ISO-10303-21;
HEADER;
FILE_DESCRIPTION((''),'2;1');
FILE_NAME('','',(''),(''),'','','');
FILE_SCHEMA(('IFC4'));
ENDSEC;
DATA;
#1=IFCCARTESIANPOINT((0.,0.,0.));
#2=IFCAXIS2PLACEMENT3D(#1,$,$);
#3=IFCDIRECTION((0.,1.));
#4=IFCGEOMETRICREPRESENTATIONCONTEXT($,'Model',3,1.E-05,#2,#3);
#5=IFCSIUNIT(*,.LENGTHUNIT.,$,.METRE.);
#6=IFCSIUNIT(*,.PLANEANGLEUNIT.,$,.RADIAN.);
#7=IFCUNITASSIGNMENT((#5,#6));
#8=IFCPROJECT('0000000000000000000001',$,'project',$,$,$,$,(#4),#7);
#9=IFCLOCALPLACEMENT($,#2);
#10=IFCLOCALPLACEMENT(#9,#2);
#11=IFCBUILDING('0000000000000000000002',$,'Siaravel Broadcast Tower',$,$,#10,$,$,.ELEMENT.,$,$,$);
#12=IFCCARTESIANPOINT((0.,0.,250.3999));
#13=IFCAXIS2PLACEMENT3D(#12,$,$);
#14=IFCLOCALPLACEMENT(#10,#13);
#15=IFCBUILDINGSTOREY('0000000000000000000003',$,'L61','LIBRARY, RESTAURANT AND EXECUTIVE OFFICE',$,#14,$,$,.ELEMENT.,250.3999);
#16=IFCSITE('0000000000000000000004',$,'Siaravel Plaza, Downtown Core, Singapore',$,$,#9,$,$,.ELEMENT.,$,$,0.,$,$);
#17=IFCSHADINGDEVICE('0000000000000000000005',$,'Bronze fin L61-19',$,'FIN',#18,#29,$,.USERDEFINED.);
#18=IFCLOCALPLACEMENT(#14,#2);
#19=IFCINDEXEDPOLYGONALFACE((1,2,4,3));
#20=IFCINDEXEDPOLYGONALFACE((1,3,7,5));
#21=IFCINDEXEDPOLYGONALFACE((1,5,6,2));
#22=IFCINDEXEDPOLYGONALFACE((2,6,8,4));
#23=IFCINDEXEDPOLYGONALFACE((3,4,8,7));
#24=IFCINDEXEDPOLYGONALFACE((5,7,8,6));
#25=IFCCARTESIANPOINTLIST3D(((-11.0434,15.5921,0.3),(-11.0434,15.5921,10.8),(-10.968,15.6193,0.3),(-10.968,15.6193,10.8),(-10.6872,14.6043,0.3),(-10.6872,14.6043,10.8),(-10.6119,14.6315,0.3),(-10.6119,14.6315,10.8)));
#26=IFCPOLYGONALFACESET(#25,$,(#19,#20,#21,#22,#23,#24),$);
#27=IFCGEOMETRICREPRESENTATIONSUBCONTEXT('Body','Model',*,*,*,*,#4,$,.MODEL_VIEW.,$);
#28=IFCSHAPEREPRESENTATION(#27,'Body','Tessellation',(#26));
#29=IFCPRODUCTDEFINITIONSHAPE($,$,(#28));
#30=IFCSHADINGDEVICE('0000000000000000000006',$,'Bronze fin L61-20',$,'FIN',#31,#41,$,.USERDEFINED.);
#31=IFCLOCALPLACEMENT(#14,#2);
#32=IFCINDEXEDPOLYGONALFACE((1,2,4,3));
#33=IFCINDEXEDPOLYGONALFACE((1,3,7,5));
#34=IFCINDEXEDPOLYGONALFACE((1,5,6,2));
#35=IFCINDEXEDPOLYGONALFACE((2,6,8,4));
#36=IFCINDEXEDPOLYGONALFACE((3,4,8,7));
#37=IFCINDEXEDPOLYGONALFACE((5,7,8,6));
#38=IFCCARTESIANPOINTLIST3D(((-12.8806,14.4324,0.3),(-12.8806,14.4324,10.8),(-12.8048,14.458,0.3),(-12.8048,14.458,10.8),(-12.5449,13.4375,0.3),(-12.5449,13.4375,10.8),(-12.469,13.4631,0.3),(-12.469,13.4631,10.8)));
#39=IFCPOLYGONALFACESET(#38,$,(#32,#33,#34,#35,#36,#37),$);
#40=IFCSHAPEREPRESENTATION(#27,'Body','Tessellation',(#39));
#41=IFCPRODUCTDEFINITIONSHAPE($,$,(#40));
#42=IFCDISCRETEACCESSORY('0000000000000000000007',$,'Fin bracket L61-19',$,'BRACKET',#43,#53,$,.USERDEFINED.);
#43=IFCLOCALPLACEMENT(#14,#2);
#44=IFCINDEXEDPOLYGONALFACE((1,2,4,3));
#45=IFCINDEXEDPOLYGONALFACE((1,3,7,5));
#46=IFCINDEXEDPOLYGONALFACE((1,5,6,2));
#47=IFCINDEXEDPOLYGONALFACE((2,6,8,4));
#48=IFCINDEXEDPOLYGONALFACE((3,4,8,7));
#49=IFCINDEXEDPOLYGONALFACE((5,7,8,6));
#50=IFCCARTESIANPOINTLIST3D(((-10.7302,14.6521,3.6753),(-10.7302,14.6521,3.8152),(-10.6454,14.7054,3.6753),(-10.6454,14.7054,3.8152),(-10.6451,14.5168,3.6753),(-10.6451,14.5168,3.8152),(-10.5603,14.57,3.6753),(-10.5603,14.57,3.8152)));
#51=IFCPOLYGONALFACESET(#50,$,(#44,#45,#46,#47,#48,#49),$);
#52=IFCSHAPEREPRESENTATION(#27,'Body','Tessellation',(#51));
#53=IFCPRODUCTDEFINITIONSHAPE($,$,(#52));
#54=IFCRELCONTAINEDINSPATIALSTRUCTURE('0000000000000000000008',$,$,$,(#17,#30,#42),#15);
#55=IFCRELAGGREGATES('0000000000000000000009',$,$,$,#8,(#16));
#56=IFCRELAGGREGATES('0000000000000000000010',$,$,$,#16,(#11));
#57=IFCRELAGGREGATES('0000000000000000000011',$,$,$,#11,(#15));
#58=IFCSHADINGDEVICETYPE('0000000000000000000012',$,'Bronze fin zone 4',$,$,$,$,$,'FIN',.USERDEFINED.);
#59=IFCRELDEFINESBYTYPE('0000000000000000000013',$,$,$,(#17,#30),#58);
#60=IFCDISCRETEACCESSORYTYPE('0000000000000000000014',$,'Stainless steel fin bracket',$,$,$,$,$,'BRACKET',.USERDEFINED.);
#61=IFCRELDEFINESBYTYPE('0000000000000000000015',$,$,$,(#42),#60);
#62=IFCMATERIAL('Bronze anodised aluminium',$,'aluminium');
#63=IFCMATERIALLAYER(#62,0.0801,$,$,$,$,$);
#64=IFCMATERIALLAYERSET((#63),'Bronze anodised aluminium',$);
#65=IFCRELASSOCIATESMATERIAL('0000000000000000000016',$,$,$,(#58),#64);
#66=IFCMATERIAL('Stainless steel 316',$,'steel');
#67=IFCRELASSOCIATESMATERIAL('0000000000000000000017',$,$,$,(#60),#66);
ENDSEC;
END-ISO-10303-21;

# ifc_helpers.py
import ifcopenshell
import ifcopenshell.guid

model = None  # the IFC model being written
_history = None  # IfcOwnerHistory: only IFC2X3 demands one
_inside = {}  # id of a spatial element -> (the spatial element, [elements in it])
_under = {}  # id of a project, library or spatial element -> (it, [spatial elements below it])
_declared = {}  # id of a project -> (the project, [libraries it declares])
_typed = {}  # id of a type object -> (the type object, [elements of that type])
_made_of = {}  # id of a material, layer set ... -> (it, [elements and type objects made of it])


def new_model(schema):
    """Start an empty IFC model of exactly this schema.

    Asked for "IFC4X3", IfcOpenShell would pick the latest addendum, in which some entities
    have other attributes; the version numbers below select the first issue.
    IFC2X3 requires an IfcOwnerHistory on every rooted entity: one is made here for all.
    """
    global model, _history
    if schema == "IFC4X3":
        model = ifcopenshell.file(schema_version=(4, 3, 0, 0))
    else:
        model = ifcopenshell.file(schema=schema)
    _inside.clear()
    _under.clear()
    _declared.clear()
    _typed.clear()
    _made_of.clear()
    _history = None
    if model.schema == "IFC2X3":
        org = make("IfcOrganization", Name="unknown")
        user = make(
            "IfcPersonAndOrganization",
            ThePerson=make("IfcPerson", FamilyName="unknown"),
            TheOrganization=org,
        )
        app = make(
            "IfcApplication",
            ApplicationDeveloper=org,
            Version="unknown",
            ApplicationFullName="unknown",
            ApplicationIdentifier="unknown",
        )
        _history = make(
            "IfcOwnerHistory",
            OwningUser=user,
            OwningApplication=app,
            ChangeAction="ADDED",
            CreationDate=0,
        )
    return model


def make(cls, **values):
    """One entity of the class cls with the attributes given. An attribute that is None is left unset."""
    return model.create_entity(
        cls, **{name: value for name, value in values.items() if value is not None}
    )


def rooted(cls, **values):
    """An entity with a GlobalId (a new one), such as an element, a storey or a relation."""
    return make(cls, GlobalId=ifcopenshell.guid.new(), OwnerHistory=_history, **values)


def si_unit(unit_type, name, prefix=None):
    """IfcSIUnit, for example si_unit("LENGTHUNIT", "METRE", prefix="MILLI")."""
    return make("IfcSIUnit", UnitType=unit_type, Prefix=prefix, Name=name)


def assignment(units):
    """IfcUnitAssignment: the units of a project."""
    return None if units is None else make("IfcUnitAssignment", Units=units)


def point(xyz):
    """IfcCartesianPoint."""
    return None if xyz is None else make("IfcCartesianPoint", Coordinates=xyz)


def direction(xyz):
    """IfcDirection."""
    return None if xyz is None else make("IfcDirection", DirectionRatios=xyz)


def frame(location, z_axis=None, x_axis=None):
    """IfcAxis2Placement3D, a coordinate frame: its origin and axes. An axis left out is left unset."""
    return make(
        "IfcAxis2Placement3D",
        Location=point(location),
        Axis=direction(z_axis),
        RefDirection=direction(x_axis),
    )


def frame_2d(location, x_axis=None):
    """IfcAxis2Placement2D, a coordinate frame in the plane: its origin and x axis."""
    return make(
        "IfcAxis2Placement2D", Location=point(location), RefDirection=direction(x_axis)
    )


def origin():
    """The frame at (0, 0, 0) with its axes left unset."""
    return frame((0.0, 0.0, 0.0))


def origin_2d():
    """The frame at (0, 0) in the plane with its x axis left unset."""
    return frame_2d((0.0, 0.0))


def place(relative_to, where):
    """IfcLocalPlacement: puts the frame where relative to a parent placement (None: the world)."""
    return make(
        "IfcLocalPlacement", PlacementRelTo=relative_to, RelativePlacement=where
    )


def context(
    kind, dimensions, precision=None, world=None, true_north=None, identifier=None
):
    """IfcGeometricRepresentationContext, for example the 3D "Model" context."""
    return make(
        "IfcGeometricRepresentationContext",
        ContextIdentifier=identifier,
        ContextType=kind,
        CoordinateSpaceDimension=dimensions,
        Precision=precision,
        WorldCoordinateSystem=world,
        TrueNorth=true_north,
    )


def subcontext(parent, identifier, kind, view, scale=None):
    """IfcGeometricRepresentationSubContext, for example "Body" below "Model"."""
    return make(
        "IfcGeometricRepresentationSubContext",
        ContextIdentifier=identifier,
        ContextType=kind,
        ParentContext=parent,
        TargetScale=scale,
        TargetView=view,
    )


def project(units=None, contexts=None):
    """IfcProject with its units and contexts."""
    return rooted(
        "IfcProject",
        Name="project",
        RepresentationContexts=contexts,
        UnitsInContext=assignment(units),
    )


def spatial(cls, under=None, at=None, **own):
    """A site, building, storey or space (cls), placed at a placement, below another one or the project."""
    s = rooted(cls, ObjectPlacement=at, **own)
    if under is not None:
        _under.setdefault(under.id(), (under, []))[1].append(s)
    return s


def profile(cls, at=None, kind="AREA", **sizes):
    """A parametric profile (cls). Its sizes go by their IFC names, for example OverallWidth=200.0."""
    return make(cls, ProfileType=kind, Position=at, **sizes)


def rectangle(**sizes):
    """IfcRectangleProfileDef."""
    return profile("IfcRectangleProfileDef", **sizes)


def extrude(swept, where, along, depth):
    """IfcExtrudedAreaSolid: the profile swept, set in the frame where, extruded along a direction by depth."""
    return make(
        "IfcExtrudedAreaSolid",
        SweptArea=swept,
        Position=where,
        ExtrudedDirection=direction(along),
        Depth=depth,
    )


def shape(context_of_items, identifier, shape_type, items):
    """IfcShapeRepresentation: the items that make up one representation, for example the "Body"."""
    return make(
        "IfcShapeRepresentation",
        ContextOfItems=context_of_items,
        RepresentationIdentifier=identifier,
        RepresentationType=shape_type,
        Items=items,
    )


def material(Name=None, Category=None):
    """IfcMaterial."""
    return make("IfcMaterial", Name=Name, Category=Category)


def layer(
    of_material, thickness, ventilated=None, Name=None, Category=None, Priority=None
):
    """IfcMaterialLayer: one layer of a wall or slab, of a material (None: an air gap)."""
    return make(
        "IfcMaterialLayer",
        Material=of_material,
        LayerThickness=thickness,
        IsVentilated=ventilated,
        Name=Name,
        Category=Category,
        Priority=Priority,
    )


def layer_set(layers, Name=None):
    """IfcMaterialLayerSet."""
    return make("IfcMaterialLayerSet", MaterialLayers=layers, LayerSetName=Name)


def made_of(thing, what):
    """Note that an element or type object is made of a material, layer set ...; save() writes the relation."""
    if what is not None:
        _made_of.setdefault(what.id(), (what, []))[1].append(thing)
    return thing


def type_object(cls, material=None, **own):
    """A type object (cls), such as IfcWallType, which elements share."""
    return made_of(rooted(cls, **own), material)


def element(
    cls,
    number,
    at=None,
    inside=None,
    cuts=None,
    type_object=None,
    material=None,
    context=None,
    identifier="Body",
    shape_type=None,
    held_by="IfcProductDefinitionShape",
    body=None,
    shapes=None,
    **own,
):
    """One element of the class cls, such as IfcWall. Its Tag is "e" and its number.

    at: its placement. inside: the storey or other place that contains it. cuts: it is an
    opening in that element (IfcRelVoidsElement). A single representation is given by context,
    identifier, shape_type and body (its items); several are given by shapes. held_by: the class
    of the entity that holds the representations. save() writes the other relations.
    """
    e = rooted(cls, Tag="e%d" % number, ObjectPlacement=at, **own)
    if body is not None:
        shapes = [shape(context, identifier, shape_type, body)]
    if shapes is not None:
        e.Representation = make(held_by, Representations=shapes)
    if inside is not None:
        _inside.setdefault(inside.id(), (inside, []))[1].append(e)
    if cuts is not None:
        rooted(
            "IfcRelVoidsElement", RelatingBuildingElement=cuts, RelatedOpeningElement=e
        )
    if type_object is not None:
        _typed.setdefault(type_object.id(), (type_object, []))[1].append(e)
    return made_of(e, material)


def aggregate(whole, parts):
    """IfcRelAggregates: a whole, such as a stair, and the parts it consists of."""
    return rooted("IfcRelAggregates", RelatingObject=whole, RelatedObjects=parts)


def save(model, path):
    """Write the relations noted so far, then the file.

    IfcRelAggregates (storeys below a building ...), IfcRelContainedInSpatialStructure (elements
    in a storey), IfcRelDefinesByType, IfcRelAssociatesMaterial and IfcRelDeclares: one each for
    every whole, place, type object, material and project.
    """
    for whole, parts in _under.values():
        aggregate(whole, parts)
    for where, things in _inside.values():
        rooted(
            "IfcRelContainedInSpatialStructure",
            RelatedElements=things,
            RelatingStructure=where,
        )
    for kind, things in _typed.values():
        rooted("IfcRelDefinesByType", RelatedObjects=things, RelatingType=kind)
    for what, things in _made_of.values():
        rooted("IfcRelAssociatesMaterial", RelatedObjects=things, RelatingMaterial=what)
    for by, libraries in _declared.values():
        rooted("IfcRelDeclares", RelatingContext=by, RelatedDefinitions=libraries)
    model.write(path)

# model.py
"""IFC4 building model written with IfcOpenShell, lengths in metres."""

from ifc_helpers import new_model, si_unit, direction, frame, origin, origin_2d, place, context, subcontext, project, spatial, rectangle, extrude, material, layer, layer_set, type_object, element, save


model = new_model("IFC4")

# Units and contexts
model_context = context("Model", 3, precision=1e-05, world=origin(), true_north=direction((0.0, 1.0)))
body_context = subcontext(model_context, "Body", "Model", "MODEL_VIEW")
ifc_project = project(units=[si_unit("LENGTHUNIT", "METRE"), si_unit("PLANEANGLEUNIT", "RADIAN")], contexts=[model_context])

# Site, building, storey
site_placement = place(None, origin())
site = spatial("IfcSite", under=ifc_project, at=site_placement, Name="Siaravel Plaza, Downtown Core, Singapore", CompositionType="ELEMENT", RefElevation=0.0)
building_placement = place(site_placement, origin())
building = spatial("IfcBuilding", under=site, at=building_placement, Name="Siaravel Broadcast Tower", CompositionType="ELEMENT")
storey_placement = place(building_placement, frame((0.0, 0.0, 250.3999)))
storey = spatial("IfcBuildingStorey", under=building, at=storey_placement, Name="L61", Description="LIBRARY, RESTAURANT AND EXECUTIVE OFFICE", CompositionType="ELEMENT", Elevation=250.3999)

# Shading devices
ifc_material_1 = material(Name="Bronze anodised aluminium", Category="aluminium")
ifc_layer_1 = layer(ifc_material_1, 0.0801)
ifc_layer_set_1 = layer_set([ifc_layer_1], Name="Bronze anodised aluminium")
shading_device_type = type_object("IfcShadingDeviceType", Name="Bronze fin zone 4", ElementType="FIN", PredefinedType="USERDEFINED", material=ifc_layer_set_1)
for number, where, z_axis, x_axis, name in (
    (1, (-10.8276, 15.1118, 0.3), (0.0, 0.0, 1.0), (-0.339173, 0.940724, 0.0), "Bronze fin L61-19"),
    (2, (-12.6748, 13.9478, 0.3), (0.0, 0.0, 1.0), (-0.319773, 0.947494, 0.0), "Bronze fin L61-20"),
):
    element("IfcShadingDevice", number, at=place(storey_placement, frame(where, z_axis=z_axis, x_axis=x_axis)), inside=storey, type_object=shading_device_type, Name=name, ObjectType="FIN", PredefinedType="USERDEFINED", context=body_context, shape_type="SweptSolid", body=[
        extrude(rectangle(XDim=1.05, YDim=0.0801, at=origin_2d()), origin(), (0.0, 0.0, 1.0), 10.5),
    ])

# Discrete accessory
ifc_material_2 = material(Name="Stainless steel 316", Category="steel")
discrete_accessory_type = type_object("IfcDiscreteAccessoryType", Name="Stainless steel fin bracket", ElementType="BRACKET", PredefinedType="USERDEFINED", material=ifc_material_2)
discrete_accessory_placement = place(storey_placement, frame((-10.6453, 14.6111, 3.6753), z_axis=(0.0, 0.0, 1.0), x_axis=(-0.532151, 0.84665, 0.0)))
element("IfcDiscreteAccessory", 3, at=discrete_accessory_placement, inside=storey, type_object=discrete_accessory_type, Name="Fin bracket L61-19", ObjectType="BRACKET", PredefinedType="USERDEFINED", context=body_context, shape_type="SweptSolid", body=[
    extrude(rectangle(XDim=0.1599, YDim=0.1001, at=origin_2d()), origin(), (0.0, 0.0, 1.0), 0.1399),
])

save(model, "model.ifc")
